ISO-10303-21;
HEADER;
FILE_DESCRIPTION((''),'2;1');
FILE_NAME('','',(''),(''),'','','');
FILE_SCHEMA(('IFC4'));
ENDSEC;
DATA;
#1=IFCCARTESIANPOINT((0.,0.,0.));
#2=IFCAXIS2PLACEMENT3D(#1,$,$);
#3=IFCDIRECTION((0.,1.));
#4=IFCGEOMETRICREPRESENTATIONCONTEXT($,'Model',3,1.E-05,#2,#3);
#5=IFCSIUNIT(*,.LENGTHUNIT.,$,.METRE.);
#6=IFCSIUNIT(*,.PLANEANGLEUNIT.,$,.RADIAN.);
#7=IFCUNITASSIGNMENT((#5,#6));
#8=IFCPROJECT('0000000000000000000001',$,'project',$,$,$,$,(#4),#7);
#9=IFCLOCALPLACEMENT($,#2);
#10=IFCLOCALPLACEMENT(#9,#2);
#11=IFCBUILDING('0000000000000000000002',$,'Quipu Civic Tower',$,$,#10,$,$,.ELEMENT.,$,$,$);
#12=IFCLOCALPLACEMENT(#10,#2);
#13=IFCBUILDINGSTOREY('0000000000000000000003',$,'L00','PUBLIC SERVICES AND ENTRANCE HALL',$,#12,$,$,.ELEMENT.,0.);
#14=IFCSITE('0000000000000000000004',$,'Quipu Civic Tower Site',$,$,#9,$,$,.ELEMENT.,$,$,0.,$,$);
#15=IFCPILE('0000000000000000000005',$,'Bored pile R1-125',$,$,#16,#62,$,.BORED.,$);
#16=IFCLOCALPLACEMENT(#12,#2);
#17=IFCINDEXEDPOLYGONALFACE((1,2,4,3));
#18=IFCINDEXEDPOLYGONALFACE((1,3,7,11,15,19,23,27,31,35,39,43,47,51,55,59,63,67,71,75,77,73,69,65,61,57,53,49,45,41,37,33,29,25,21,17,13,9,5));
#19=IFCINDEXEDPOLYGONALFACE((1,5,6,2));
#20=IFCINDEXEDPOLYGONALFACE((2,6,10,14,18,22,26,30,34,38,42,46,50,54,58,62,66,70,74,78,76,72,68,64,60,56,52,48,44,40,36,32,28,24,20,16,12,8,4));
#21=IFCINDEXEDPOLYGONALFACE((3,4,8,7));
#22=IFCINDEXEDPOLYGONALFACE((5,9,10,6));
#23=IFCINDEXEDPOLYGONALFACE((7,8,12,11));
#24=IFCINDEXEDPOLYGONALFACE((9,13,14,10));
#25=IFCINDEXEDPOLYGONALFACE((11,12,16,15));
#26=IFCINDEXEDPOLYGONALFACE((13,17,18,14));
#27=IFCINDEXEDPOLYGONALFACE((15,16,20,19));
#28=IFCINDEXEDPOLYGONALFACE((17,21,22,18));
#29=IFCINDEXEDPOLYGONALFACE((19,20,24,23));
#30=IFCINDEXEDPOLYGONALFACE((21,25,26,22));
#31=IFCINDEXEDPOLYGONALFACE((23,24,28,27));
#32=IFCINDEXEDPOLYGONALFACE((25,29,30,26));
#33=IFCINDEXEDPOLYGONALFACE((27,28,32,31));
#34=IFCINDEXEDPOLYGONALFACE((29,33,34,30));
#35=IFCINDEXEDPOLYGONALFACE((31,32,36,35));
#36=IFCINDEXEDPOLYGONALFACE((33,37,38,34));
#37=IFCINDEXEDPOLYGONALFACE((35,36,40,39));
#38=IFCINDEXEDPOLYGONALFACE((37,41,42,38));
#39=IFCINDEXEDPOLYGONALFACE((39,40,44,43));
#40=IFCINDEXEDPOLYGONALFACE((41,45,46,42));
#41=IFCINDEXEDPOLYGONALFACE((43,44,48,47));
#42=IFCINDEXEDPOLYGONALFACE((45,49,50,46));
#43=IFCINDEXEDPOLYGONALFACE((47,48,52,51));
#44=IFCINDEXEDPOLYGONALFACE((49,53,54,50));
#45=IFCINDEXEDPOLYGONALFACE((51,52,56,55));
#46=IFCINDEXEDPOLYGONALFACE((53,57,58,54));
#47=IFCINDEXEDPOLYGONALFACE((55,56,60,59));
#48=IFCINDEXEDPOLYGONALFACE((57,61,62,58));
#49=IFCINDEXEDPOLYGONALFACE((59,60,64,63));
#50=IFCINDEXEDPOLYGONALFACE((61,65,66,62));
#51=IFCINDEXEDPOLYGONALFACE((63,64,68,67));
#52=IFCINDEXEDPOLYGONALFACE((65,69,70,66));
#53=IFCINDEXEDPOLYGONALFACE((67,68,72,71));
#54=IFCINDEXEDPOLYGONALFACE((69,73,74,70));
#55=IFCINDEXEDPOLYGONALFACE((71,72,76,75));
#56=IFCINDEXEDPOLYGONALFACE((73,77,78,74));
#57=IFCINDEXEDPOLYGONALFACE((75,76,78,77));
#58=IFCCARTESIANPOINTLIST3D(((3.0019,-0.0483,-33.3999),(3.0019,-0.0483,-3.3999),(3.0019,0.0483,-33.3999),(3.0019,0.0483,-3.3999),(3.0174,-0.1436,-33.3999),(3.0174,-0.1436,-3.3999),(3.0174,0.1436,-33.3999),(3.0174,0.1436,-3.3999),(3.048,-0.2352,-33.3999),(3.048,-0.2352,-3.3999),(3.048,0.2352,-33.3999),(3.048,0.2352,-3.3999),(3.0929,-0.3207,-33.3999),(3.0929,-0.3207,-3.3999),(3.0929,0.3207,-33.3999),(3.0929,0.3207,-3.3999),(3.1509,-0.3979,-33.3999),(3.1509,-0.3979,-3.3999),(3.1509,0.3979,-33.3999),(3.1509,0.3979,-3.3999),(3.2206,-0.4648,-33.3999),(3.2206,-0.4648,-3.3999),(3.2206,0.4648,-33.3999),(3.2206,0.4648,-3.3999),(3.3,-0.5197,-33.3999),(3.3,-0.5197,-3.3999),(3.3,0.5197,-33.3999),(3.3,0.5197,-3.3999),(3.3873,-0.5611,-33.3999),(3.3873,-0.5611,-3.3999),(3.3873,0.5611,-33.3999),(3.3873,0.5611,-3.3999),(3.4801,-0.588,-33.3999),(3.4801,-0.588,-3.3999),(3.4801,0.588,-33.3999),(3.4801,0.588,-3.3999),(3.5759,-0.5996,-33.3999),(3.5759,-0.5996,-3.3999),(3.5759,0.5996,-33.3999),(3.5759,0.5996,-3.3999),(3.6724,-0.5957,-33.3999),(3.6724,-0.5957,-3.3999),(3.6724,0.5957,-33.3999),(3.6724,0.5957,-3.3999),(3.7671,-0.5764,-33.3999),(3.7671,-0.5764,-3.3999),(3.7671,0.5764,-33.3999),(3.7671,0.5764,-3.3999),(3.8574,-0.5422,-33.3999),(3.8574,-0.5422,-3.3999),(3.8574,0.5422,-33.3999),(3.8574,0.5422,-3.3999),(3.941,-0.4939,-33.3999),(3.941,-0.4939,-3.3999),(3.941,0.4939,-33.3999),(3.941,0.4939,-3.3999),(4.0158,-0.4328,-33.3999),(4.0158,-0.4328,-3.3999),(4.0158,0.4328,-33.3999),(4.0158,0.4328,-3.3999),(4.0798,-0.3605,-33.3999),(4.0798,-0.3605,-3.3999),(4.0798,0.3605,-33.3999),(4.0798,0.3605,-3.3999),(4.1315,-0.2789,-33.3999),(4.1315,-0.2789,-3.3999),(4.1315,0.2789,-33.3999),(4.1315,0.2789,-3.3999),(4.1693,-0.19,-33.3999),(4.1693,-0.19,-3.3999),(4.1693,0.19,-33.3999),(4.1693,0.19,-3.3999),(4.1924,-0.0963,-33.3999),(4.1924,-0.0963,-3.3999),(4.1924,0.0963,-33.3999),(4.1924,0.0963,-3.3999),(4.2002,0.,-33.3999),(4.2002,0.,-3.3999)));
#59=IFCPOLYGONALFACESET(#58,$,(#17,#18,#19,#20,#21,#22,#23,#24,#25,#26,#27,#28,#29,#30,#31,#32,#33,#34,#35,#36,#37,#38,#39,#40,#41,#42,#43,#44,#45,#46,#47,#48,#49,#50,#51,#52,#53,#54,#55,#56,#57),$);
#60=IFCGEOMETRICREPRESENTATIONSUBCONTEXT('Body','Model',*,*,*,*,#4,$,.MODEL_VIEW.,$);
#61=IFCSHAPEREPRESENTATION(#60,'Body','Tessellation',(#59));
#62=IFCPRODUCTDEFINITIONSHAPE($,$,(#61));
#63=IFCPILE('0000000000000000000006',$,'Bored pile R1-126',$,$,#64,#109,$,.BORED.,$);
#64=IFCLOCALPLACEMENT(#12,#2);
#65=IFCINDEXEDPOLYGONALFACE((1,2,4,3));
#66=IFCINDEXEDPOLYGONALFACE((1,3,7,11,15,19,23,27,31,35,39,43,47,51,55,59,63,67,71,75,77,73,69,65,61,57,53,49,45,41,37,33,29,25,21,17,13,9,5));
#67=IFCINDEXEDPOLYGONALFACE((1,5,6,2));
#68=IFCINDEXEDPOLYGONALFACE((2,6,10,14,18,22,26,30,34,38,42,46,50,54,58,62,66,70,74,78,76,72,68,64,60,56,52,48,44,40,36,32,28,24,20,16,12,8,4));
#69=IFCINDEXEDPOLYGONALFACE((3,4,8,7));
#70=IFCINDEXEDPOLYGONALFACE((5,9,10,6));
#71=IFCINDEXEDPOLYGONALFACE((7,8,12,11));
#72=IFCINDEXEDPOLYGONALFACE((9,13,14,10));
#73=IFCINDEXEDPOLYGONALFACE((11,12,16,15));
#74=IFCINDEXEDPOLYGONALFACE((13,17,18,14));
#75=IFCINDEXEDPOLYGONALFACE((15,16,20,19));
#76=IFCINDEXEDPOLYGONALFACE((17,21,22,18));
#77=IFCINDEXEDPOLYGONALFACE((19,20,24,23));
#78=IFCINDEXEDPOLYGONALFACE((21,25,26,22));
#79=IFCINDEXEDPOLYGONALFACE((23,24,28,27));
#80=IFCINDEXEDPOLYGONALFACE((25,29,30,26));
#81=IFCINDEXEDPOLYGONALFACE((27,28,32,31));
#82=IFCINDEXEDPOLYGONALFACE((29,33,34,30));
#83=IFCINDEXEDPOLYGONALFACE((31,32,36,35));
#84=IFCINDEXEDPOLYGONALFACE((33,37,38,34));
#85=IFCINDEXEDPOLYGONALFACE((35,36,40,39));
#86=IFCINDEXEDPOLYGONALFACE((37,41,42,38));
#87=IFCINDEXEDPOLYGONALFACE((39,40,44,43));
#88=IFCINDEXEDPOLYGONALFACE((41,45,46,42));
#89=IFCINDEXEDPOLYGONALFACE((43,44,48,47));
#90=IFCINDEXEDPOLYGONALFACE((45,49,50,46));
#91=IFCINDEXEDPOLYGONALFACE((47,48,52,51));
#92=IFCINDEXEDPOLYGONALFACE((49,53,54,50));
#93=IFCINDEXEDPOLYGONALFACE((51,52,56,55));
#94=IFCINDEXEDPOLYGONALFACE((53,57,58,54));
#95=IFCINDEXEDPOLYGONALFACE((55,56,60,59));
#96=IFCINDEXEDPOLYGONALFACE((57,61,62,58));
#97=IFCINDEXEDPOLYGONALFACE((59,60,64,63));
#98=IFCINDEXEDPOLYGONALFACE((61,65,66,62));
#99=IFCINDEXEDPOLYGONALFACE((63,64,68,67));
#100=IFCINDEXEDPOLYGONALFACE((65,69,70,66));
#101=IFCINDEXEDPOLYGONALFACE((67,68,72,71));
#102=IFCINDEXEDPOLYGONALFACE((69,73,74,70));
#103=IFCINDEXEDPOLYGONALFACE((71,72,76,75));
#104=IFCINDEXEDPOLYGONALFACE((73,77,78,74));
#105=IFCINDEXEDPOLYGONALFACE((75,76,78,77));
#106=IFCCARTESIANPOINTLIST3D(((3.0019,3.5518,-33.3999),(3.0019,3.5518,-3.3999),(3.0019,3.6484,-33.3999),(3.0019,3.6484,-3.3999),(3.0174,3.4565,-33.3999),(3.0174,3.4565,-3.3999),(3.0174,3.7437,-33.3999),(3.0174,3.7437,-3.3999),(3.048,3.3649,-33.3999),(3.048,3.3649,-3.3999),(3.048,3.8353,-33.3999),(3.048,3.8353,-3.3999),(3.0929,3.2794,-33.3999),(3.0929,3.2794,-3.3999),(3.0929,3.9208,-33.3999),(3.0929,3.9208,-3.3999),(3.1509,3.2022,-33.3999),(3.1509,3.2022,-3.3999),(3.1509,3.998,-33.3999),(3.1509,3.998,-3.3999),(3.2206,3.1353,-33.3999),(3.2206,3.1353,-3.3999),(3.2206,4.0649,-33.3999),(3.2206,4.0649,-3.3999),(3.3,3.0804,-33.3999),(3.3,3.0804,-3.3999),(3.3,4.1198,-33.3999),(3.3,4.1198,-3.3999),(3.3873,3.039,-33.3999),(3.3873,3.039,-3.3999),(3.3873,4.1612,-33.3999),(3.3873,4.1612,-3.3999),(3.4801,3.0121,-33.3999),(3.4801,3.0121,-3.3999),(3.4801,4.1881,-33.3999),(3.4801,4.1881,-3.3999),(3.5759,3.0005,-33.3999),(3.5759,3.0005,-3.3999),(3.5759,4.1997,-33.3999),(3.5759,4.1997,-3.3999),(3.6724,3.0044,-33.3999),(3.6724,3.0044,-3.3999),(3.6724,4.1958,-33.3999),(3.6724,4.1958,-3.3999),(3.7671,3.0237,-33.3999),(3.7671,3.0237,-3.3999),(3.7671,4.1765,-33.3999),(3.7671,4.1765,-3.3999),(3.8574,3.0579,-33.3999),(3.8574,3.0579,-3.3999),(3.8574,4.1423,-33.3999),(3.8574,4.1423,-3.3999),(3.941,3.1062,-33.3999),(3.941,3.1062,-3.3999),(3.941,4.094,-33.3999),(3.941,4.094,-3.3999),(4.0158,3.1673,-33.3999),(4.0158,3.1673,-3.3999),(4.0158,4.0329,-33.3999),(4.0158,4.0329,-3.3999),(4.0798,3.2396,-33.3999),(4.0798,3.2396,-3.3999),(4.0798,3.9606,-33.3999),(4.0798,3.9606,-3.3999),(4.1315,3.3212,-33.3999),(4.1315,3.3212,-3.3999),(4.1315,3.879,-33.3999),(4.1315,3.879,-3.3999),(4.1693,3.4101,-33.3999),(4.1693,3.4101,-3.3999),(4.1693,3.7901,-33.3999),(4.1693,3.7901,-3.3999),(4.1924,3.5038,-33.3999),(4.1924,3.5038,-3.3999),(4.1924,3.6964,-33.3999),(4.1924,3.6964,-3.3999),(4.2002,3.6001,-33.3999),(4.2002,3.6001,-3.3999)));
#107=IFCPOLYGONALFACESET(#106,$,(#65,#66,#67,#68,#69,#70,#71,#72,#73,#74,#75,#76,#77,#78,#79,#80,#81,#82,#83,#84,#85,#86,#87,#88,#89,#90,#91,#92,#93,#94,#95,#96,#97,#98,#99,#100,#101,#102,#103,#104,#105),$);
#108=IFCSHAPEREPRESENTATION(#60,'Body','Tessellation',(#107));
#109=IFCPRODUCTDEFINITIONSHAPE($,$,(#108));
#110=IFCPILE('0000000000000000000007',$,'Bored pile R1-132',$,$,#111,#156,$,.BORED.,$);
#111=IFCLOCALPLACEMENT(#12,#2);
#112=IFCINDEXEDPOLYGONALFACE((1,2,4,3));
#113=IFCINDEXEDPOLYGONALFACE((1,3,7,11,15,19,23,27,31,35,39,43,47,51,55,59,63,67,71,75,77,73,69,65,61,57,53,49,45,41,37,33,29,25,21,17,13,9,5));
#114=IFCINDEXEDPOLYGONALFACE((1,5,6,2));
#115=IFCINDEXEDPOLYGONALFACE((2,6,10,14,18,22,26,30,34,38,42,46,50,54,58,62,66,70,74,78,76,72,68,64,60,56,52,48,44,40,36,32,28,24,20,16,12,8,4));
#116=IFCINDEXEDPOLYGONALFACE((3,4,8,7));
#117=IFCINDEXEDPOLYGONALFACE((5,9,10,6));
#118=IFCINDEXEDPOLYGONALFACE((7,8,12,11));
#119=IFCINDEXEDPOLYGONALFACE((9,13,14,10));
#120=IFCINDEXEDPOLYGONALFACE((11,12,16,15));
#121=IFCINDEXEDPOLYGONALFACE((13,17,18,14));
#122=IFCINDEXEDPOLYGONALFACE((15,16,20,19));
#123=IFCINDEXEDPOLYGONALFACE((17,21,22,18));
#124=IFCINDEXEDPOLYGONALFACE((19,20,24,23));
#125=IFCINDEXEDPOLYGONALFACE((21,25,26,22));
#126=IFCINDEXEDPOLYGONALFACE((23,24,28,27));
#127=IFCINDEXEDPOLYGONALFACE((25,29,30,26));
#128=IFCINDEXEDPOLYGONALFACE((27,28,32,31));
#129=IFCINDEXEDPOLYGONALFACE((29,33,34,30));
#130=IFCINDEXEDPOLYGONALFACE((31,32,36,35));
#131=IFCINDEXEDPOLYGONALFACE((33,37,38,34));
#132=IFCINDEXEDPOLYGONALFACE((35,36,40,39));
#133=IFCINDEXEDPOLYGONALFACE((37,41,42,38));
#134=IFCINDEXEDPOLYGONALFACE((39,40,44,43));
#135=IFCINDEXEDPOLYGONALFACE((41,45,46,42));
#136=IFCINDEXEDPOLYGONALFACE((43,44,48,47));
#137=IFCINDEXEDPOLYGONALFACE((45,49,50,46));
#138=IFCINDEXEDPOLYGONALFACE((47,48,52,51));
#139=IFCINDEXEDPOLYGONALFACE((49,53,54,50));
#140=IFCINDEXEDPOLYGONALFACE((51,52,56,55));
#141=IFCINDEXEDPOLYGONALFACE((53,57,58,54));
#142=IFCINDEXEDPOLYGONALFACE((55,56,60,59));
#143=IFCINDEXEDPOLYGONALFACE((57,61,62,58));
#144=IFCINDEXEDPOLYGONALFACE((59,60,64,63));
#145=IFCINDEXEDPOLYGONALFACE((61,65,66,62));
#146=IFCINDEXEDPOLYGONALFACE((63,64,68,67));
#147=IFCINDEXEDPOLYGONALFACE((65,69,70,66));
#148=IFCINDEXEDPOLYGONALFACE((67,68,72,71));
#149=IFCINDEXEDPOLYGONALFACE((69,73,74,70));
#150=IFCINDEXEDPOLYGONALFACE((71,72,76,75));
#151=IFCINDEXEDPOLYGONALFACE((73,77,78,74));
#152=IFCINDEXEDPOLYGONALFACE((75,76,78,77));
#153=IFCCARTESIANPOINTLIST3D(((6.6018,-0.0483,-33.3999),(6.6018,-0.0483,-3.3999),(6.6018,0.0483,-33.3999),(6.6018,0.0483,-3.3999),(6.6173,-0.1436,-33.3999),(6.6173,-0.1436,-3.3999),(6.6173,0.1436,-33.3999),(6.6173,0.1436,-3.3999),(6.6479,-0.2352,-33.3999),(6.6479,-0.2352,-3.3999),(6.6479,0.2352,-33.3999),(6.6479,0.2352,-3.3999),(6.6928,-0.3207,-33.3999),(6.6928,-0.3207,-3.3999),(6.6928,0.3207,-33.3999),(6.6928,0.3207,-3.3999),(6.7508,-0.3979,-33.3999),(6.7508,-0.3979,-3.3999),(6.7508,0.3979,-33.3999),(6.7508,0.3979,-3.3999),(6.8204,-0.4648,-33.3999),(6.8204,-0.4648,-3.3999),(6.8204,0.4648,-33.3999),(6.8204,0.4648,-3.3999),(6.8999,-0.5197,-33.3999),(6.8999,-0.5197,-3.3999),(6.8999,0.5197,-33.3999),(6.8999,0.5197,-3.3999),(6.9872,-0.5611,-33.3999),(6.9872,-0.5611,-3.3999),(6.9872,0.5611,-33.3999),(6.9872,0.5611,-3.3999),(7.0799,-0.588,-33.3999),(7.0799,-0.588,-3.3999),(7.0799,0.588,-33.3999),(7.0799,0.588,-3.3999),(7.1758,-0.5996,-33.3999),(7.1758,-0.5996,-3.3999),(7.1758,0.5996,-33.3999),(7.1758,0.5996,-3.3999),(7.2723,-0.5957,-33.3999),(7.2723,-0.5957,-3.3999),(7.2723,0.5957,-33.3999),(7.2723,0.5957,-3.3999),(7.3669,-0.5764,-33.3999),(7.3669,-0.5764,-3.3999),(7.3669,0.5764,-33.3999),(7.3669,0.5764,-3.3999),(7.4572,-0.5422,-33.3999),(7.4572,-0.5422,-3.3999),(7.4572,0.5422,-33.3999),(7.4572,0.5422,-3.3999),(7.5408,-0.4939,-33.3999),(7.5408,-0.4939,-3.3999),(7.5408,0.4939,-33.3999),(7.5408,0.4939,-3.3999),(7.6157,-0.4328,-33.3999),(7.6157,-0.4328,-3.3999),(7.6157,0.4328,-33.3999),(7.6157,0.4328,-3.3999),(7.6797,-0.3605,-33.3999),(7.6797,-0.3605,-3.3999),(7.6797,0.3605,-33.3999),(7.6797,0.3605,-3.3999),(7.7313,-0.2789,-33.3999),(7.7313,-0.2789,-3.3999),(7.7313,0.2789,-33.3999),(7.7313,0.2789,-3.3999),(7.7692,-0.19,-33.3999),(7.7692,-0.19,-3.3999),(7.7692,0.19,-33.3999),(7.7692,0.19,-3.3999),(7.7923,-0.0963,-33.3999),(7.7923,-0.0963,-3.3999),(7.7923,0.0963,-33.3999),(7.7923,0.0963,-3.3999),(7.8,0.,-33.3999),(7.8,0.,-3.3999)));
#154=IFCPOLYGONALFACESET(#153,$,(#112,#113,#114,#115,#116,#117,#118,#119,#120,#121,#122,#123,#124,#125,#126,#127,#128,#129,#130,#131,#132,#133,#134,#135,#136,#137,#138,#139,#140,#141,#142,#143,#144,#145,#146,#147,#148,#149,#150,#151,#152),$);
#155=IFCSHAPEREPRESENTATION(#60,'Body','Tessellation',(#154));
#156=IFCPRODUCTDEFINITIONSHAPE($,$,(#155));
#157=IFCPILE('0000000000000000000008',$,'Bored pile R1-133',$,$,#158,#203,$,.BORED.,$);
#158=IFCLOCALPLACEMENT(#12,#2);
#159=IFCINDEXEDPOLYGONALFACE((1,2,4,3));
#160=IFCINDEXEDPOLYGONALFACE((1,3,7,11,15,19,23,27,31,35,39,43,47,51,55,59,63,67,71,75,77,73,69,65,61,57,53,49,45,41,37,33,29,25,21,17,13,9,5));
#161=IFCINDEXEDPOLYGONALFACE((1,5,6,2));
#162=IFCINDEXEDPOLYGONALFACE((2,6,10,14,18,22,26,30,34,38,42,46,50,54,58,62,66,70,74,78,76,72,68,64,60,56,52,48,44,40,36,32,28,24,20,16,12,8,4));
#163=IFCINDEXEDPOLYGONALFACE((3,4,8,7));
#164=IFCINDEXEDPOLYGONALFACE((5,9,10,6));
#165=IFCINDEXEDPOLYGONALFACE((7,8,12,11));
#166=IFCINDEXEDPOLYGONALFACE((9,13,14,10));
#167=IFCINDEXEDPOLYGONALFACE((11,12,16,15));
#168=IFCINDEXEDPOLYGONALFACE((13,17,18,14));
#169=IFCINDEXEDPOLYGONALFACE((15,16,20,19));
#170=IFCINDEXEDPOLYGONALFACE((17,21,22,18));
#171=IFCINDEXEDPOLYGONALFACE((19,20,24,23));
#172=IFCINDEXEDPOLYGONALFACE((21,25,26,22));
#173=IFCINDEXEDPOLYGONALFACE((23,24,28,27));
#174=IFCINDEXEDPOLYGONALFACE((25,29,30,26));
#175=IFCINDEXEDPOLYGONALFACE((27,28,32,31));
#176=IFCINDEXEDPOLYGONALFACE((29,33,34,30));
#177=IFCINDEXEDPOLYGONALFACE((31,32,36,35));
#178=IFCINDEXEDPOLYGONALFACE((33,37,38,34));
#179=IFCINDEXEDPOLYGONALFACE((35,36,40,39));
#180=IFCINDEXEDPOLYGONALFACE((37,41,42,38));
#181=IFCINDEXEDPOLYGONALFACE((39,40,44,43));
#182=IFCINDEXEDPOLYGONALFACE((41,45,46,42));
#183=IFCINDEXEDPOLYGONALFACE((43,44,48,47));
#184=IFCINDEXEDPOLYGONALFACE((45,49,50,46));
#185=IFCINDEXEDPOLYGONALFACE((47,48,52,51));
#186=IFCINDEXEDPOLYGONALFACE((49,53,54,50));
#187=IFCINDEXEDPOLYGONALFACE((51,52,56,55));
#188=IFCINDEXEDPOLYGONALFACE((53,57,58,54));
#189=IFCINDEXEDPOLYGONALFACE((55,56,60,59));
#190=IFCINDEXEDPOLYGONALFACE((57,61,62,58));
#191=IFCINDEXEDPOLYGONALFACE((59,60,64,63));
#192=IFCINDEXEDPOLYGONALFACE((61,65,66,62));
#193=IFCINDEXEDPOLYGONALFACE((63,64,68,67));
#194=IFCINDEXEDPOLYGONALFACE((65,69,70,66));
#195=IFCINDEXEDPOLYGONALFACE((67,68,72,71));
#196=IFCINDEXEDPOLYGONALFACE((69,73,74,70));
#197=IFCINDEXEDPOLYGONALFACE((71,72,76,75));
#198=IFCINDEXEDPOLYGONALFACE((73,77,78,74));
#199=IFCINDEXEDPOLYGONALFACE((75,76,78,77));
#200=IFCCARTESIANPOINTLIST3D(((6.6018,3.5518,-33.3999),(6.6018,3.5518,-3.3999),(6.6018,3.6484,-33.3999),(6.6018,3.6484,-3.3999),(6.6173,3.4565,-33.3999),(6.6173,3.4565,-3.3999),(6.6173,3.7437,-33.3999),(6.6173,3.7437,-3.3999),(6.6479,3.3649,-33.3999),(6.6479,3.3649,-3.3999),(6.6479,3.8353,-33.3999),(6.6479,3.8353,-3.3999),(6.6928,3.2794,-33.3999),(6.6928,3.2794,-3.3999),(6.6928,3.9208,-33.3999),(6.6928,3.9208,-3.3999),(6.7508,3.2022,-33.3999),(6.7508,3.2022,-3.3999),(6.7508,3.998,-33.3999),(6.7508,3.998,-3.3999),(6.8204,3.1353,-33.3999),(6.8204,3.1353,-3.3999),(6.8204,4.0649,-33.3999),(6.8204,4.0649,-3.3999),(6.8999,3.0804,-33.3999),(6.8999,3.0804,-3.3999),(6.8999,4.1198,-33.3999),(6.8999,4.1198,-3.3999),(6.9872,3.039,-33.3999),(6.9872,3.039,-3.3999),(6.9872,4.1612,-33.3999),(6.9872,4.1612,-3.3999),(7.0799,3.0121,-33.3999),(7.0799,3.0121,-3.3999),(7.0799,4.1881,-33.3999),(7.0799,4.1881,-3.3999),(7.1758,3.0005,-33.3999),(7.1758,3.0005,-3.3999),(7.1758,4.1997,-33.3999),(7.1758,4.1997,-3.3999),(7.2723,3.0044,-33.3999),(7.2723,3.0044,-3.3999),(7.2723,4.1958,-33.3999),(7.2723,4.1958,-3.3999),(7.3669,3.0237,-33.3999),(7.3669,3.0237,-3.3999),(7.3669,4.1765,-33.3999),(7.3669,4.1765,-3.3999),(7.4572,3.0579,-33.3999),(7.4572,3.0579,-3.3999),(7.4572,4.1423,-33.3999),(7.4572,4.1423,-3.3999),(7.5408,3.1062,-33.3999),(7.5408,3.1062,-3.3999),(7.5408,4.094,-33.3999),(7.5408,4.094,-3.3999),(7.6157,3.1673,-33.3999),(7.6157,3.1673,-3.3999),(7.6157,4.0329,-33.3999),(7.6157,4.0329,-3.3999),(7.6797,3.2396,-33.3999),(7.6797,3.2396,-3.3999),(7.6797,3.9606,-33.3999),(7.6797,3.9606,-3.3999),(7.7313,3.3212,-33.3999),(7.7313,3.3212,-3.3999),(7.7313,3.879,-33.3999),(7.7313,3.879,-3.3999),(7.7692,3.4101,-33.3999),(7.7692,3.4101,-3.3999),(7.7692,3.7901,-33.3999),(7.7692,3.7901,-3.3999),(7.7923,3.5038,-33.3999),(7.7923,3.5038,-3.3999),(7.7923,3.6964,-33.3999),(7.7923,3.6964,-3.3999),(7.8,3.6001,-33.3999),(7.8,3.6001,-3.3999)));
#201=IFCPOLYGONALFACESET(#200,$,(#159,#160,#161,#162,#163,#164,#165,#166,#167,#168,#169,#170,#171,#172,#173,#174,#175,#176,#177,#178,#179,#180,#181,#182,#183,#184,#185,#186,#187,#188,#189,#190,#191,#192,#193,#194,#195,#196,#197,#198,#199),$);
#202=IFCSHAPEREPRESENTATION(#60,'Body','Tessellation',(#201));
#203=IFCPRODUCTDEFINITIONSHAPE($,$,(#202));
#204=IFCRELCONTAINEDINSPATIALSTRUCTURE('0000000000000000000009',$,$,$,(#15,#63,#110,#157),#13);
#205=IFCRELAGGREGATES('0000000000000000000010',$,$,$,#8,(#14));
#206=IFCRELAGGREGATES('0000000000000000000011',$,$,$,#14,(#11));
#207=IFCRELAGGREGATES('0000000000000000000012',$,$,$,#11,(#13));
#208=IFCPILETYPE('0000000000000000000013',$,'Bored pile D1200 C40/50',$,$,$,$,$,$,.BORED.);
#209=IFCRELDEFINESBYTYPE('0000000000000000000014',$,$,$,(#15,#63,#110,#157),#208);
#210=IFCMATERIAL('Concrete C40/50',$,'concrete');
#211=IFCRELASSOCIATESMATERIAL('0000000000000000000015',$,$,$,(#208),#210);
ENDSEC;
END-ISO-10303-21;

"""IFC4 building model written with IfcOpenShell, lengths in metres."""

from ifc_helpers import new_model, si_unit, direction, frame, origin, origin_2d, place, context, subcontext, project, spatial, circle, extrude, material, material_profile, profile_set, type_object, element, save


model = new_model("IFC4")

# Units and contexts
model_context = context("Model", 3, precision=1e-05, world=origin(), true_north=direction((0.0, 1.0)))
body_context = subcontext(model_context, "Body", "Model", "MODEL_VIEW")
ifc_project = project(units=[si_unit("LENGTHUNIT", "METRE"), si_unit("PLANEANGLEUNIT", "RADIAN")], contexts=[model_context])

# Site, building, storey
site_placement = place(None, origin())
site = spatial("IfcSite", under=ifc_project, at=site_placement, Name="Quipu Civic Tower Site", CompositionType="ELEMENT", RefElevation=0.0)
building_placement = place(site_placement, origin())
building = spatial("IfcBuilding", under=site, at=building_placement, Name="Quipu Civic Tower", CompositionType="ELEMENT")
storey_placement = place(building_placement, origin())
storey = spatial("IfcBuildingStorey", under=building, at=storey_placement, Name="L00", Description="PUBLIC SERVICES AND ENTRANCE HALL", CompositionType="ELEMENT", Elevation=0.0)

# Piles
ifc_material_1 = material(Name="Concrete C40/50", Category="concrete")
ifc_material_profile = material_profile(ifc_material_1, circle(Radius=0.6001, at=origin_2d()), Name="RCD1200")
ifc_profile_set = profile_set([ifc_material_profile], Name="Concrete C40/50")
pile_type = type_object("IfcPileType", Name="Bored pile D1200 C40/50", PredefinedType="BORED", material=ifc_profile_set)
for number, where, z_axis, x_axis, name in (
    (1, (3.6001, 0.0, -3.3999), (0.0, 0.0, -1.0), (1.0, 0.0, 0.0), "Bored pile R1-125"),
    (2, (3.6001, 3.6001, -3.3999), (0.0, 0.0, -1.0), (1.0, 0.0, 0.0), "Bored pile R1-126"),
    (3, (7.2, 0.0, -3.3999), (0.0, 0.0, -1.0), (1.0, 0.0, 0.0), "Bored pile R1-132"),
    (4, (7.2, 3.6001, -3.3999), (0.0, 0.0, -1.0), (1.0, 0.0, 0.0), "Bored pile R1-133"),
):
    element("IfcPile", number, at=place(storey_placement, frame(where, z_axis=z_axis, x_axis=x_axis)), inside=storey, type_object=pile_type, Name=name, PredefinedType="BORED", context=body_context, shape_type="SweptSolid", body=[
        extrude(circle(Radius=0.6001, at=origin_2d()), origin(), (0.0, 0.0, 1.0), 30.0),
    ])

save(model, "model.ifc")
